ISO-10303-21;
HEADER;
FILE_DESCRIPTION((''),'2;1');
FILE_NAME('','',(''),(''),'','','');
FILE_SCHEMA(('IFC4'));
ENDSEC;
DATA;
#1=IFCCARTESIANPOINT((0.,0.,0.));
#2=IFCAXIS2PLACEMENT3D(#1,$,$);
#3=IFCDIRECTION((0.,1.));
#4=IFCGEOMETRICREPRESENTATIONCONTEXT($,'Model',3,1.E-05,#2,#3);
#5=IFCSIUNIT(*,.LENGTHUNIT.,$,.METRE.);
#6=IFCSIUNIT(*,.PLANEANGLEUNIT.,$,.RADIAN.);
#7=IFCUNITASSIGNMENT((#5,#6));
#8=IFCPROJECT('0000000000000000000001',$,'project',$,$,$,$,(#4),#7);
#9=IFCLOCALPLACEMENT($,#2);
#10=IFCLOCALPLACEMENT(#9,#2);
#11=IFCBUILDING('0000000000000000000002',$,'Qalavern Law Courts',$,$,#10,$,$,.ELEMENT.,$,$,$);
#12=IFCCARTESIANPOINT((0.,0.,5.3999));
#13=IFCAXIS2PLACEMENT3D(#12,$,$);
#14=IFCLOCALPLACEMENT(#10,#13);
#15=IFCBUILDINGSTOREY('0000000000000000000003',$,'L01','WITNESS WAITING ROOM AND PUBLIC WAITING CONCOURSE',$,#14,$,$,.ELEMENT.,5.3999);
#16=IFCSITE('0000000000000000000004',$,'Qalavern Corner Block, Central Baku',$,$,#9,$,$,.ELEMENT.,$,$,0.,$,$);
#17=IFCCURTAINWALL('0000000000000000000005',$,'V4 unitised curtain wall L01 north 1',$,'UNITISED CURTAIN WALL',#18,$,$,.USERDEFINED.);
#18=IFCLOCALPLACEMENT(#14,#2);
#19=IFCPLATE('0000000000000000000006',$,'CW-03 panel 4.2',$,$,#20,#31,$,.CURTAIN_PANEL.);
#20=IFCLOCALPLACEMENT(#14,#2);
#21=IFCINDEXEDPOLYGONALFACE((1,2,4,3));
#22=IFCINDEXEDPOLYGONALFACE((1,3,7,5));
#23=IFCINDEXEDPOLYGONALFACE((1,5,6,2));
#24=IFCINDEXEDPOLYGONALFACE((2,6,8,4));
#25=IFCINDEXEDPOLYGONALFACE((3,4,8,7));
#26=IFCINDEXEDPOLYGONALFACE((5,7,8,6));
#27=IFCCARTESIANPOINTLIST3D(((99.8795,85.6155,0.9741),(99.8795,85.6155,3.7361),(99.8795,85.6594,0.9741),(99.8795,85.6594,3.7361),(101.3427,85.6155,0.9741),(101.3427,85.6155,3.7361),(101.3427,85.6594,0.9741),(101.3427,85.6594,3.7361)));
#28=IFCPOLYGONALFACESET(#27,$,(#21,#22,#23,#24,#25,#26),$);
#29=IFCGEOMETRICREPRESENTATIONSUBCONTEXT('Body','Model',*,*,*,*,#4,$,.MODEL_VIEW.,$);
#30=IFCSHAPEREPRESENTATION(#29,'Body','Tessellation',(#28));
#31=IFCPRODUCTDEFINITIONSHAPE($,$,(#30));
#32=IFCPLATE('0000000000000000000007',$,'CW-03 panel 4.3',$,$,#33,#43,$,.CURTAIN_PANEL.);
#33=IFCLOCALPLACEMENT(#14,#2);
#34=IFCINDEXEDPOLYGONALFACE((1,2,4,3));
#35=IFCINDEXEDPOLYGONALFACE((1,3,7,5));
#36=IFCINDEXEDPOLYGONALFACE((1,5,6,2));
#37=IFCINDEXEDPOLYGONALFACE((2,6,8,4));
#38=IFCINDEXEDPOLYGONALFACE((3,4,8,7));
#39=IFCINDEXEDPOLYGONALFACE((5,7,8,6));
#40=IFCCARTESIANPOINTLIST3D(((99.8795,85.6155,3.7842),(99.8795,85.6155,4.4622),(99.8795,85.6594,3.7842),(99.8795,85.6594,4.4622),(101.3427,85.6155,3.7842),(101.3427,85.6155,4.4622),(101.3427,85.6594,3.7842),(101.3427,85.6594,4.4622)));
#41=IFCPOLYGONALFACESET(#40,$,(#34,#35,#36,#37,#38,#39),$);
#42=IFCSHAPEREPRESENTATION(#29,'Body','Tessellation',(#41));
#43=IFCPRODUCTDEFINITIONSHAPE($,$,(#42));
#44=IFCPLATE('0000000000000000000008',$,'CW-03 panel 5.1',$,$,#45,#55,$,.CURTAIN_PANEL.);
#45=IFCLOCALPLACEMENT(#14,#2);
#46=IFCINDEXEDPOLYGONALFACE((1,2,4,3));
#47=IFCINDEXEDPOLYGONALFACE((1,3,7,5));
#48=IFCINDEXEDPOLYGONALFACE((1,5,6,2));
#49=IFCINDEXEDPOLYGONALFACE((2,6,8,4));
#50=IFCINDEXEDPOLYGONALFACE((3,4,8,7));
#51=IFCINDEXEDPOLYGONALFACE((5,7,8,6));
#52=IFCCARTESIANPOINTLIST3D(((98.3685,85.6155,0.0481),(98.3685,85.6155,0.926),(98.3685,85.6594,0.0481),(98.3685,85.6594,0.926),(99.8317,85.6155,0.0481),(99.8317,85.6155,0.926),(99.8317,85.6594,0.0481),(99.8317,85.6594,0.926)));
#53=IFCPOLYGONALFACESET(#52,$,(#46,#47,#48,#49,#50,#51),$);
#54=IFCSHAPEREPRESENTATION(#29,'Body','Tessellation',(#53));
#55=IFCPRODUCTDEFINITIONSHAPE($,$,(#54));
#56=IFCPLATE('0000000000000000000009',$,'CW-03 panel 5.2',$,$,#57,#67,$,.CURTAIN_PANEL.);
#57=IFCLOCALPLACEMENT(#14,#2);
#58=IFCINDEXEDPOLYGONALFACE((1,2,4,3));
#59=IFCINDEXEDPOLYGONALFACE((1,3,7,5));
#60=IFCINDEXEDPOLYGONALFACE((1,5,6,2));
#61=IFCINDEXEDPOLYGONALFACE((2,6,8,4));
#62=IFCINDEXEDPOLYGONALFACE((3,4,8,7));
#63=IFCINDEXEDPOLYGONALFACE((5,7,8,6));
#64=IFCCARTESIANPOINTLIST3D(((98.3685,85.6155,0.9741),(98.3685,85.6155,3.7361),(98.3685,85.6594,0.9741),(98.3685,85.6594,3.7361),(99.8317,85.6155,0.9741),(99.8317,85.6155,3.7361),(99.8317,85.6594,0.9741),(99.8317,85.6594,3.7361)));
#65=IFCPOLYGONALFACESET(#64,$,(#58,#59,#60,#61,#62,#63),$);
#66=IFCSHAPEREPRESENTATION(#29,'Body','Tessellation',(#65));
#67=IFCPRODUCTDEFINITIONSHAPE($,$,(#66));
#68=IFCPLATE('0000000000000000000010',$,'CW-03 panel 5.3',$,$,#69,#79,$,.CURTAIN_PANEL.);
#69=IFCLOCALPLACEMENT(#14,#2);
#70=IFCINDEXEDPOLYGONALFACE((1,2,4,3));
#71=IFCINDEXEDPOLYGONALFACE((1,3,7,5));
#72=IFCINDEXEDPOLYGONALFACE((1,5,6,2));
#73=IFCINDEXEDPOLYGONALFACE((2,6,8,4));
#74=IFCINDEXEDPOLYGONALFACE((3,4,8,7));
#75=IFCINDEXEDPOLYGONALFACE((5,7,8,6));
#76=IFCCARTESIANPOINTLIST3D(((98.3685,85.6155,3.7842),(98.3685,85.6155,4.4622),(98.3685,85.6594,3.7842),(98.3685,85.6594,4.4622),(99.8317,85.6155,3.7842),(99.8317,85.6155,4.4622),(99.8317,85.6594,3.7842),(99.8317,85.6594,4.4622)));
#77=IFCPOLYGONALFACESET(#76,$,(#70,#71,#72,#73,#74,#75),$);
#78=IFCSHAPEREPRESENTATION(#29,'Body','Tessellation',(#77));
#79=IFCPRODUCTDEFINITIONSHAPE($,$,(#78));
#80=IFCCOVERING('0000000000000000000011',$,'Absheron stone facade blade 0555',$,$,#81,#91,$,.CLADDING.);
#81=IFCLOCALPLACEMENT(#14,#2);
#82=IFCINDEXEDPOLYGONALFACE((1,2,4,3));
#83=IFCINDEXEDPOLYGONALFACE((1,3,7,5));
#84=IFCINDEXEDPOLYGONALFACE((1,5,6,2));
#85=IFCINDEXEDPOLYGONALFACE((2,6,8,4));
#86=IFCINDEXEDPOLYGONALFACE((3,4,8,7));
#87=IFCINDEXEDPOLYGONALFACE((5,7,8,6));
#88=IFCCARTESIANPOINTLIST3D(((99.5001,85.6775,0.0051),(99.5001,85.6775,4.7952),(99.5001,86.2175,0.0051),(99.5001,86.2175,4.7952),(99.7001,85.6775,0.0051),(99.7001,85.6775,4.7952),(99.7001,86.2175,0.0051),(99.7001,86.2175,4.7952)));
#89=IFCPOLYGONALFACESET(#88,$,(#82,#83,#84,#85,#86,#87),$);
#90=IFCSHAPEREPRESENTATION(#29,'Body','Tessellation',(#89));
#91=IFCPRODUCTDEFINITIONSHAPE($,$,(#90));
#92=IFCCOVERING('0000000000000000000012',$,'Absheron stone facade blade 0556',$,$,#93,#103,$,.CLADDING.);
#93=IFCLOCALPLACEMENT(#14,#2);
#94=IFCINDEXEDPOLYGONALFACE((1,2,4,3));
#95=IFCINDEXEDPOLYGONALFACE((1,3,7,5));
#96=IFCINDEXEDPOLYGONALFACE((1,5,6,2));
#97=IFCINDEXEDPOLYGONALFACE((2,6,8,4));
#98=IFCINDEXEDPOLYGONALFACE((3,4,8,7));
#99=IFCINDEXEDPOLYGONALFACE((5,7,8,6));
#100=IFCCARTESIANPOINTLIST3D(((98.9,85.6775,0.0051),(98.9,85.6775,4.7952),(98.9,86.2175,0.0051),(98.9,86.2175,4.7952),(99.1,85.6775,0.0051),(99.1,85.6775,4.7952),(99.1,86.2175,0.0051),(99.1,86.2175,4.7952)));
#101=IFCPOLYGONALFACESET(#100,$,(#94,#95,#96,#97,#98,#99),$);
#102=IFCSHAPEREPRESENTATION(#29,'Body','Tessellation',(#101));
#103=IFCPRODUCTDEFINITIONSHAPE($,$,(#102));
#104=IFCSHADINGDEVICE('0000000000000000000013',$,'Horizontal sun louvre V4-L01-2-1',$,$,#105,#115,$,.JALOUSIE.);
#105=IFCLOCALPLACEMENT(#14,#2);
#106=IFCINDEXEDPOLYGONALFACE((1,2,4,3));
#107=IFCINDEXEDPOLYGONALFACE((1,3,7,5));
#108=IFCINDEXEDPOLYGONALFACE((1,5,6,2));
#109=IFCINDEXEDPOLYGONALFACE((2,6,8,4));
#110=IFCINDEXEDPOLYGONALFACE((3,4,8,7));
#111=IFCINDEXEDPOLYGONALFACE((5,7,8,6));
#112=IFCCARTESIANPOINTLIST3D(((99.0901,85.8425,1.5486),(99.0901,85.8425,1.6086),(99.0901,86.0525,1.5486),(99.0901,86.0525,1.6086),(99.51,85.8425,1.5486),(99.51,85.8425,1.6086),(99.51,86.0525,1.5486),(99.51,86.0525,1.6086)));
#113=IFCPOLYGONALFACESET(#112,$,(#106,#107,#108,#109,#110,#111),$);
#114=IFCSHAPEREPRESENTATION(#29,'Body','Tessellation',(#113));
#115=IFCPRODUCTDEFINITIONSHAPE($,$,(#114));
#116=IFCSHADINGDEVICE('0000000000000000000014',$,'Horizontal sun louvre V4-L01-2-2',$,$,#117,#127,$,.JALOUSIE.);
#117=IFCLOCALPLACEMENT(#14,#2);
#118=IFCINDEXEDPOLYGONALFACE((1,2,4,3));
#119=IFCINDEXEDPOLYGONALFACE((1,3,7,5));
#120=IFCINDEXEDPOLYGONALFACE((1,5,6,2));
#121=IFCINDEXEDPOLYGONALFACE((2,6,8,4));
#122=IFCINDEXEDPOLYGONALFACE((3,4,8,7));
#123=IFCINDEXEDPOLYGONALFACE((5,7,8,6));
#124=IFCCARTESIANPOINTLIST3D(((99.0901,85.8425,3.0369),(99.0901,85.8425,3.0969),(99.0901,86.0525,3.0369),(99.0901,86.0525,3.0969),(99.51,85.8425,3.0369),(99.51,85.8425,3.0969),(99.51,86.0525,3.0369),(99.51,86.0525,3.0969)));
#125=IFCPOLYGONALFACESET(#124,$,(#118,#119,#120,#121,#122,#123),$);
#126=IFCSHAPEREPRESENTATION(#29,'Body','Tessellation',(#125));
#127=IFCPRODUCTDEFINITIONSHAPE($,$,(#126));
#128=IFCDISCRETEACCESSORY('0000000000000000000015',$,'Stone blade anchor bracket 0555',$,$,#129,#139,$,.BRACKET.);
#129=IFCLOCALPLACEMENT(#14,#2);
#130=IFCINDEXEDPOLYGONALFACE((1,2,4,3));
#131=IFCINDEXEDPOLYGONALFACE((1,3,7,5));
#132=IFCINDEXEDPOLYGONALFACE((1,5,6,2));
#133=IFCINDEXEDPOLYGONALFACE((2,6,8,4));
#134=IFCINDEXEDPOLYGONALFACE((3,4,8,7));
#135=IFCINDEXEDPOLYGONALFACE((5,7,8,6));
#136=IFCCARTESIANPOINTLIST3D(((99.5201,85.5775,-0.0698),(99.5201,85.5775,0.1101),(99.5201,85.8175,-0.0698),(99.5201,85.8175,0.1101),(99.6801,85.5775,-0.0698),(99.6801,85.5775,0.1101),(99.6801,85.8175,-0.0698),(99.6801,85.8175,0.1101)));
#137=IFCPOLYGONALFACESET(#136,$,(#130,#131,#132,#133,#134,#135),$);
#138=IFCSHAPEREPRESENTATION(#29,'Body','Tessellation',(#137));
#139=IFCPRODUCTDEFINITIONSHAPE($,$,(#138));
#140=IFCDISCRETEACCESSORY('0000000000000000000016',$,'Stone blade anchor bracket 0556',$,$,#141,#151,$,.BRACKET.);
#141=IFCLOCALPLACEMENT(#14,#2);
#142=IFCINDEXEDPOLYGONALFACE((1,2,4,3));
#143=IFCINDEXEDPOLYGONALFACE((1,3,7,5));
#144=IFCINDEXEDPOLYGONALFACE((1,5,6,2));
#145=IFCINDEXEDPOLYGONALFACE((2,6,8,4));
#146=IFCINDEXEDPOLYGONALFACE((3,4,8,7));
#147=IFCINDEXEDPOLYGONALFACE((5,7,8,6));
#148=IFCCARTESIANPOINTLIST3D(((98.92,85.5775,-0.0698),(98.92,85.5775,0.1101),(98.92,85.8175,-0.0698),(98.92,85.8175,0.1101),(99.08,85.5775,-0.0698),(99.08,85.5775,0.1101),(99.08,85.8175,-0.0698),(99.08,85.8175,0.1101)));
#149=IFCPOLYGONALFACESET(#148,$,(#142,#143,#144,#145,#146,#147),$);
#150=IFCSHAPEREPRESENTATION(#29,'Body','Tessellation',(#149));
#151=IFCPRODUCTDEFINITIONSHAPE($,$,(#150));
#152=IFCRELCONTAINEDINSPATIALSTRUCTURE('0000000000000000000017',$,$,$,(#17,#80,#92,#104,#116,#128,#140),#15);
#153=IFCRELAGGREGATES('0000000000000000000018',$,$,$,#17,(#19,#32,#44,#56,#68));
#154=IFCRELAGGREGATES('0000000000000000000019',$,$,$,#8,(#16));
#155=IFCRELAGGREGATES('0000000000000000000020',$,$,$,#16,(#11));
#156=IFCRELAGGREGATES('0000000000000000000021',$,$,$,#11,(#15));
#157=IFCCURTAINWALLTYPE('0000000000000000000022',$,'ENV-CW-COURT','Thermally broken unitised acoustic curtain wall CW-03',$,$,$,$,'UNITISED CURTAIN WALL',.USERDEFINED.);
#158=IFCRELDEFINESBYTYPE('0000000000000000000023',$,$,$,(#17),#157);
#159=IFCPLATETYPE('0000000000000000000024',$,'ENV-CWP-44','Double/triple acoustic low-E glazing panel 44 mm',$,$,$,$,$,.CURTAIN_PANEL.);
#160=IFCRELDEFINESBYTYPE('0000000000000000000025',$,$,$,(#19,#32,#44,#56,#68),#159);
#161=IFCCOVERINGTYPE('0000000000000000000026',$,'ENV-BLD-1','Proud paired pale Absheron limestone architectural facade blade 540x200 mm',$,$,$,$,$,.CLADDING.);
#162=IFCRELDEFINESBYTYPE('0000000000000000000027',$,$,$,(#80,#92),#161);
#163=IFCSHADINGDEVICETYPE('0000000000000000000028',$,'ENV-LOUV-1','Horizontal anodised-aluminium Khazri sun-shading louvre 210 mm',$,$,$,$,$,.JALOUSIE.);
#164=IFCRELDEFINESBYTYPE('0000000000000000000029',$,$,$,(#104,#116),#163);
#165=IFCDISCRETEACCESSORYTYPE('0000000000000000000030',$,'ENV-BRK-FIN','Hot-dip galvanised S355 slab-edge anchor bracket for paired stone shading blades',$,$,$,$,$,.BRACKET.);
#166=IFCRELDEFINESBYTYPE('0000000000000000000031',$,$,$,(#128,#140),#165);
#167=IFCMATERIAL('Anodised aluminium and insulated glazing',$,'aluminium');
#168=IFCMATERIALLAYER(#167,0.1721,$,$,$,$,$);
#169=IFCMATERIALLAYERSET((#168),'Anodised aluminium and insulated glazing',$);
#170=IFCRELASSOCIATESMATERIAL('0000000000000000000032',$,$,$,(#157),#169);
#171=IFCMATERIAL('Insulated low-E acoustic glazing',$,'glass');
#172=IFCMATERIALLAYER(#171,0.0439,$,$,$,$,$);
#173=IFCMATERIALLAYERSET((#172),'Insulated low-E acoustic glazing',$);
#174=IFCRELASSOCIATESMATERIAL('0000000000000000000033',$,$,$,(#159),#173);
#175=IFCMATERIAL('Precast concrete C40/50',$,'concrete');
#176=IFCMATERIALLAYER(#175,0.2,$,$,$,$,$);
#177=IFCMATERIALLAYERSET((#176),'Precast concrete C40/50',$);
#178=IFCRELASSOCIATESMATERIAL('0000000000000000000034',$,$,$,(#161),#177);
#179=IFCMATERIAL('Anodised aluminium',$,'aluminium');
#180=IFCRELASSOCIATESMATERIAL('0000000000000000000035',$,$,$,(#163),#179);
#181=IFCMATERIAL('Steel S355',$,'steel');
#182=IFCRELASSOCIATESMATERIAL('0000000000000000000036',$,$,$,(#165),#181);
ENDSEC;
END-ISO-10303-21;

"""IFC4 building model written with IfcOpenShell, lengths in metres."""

from ifc_helpers import new_model, si_unit, direction, frame, origin, origin_2d, place, context, subcontext, project, spatial, rectangle, extrude, material, layer, layer_set, type_object, element, aggregate, save


model = new_model("IFC4")

# Units and contexts
model_context = context("Model", 3, precision=1e-05, world=origin(), true_north=direction((0.0, 1.0)))
body_context = subcontext(model_context, "Body", "Model", "MODEL_VIEW")
ifc_project = project(units=[si_unit("LENGTHUNIT", "METRE"), si_unit("PLANEANGLEUNIT", "RADIAN")], contexts=[model_context])

# Site, building, storey
site_placement = place(None, origin())
site = spatial("IfcSite", under=ifc_project, at=site_placement, Name="Qalavern Corner Block, Central Baku", CompositionType="ELEMENT", RefElevation=0.0)
building_placement = place(site_placement, origin())
building = spatial("IfcBuilding", under=site, at=building_placement, Name="Qalavern Law Courts", CompositionType="ELEMENT")
storey_placement = place(building_placement, frame((0.0, 0.0, 5.3999)))
storey = spatial("IfcBuildingStorey", under=building, at=storey_placement, Name="L01", Description="WITNESS WAITING ROOM AND PUBLIC WAITING CONCOURSE", CompositionType="ELEMENT", Elevation=5.3999)

# Curtain wall, plates
ifc_material_1 = material(Name="Anodised aluminium and insulated glazing", Category="aluminium")
ifc_layer_1 = layer(ifc_material_1, 0.1721)
ifc_layer_set_1 = layer_set([ifc_layer_1], Name="Anodised aluminium and insulated glazing")
curtain_wall_type = type_object("IfcCurtainWallType", Name="ENV-CW-COURT", Description="Thermally broken unitised acoustic curtain wall CW-03", ElementType="UNITISED CURTAIN WALL", PredefinedType="USERDEFINED", material=ifc_layer_set_1)
curtain_wall_placement = place(storey_placement, origin())
curtain_wall = element("IfcCurtainWall", 1, at=curtain_wall_placement, inside=storey, type_object=curtain_wall_type, Name="V4 unitised curtain wall L01 north 1", ObjectType="UNITISED CURTAIN WALL", PredefinedType="USERDEFINED")
ifc_material_2 = material(Name="Anodised aluminium", Category="aluminium")
ifc_material_3 = material(Name="Insulated low-E acoustic glazing", Category="glass")
ifc_layer_2 = layer(ifc_material_3, 0.0439)
ifc_layer_set_2 = layer_set([ifc_layer_2], Name="Insulated low-E acoustic glazing")
plate_type = type_object("IfcPlateType", Name="ENV-CWP-44", Description="Double/triple acoustic low-E glazing panel 44 mm", PredefinedType="CURTAIN_PANEL", material=ifc_layer_set_2)
plate_1_placement = place(storey_placement, frame((100.6111, 85.6375, 0.9741), z_axis=(0.0, 0.0, 1.0), x_axis=(-1.0, 0.0, 0.0)))
plate_1 = element("IfcPlate", 2, at=plate_1_placement, type_object=plate_type, Name="CW-03 panel 4.2", PredefinedType="CURTAIN_PANEL", context=body_context, shape_type="SweptSolid", body=[
    extrude(rectangle(XDim=1.4631, YDim=0.0439, at=origin_2d()), origin(), (0.0, 0.0, 1.0), 2.762),
])
plate_2_placement = place(storey_placement, frame((100.6111, 85.6375, 3.7842), z_axis=(0.0, 0.0, 1.0), x_axis=(-1.0, 0.0, 0.0)))
plate_2 = element("IfcPlate", 3, at=plate_2_placement, type_object=plate_type, Name="CW-03 panel 4.3", PredefinedType="CURTAIN_PANEL", context=body_context, shape_type="SweptSolid", body=[
    extrude(rectangle(XDim=1.4631, YDim=0.0439, at=origin_2d()), origin(), (0.0, 0.0, 1.0), 0.678),
])
plate_3_placement = place(storey_placement, frame((99.1001, 85.6375, 0.0481), z_axis=(0.0, 0.0, 1.0), x_axis=(-1.0, 0.0, 0.0)))
plate_3 = element("IfcPlate", 4, at=plate_3_placement, type_object=plate_type, Name="CW-03 panel 5.1", PredefinedType="CURTAIN_PANEL", context=body_context, shape_type="SweptSolid", body=[
    extrude(rectangle(XDim=1.4631, YDim=0.0439, at=origin_2d()), origin(), (0.0, 0.0, 1.0), 0.8779),
])
plate_4_placement = place(storey_placement, frame((99.1001, 85.6375, 0.9741), z_axis=(0.0, 0.0, 1.0), x_axis=(-1.0, 0.0, 0.0)))
plate_4 = element("IfcPlate", 5, at=plate_4_placement, type_object=plate_type, Name="CW-03 panel 5.2", PredefinedType="CURTAIN_PANEL", context=body_context, shape_type="SweptSolid", body=[
    extrude(rectangle(XDim=1.4631, YDim=0.0439, at=origin_2d()), origin(), (0.0, 0.0, 1.0), 2.762),
])
plate_5_placement = place(storey_placement, frame((99.1001, 85.6375, 3.7842), z_axis=(0.0, 0.0, 1.0), x_axis=(-1.0, 0.0, 0.0)))
plate_5 = element("IfcPlate", 6, at=plate_5_placement, type_object=plate_type, Name="CW-03 panel 5.3", PredefinedType="CURTAIN_PANEL", context=body_context, shape_type="SweptSolid", body=[
    extrude(rectangle(XDim=1.4631, YDim=0.0439, at=origin_2d()), origin(), (0.0, 0.0, 1.0), 0.678),
])
aggregate(curtain_wall, [plate_1, plate_2, plate_3, plate_4, plate_5])

# Coverings
ifc_material_4 = material(Name="Precast concrete C40/50", Category="concrete")
ifc_layer_3 = layer(ifc_material_4, 0.2)
ifc_layer_set_3 = layer_set([ifc_layer_3], Name="Precast concrete C40/50")
covering_type = type_object("IfcCoveringType", Name="ENV-BLD-1", Description="Proud paired pale Absheron limestone architectural facade blade 540x200 mm", PredefinedType="CLADDING", material=ifc_layer_set_3)
for number, where, z_axis, x_axis, name in (
    (7, (99.6001, 85.9475, 0.0051), (0.0, 0.0, 1.0), (0.0, 1.0, 0.0), "Absheron stone facade blade 0555"),
    (8, (99.0, 85.9475, 0.0051), (0.0, 0.0, 1.0), (0.0, 1.0, 0.0), "Absheron stone facade blade 0556"),
):
    element("IfcCovering", number, at=place(storey_placement, frame(where, z_axis=z_axis, x_axis=x_axis)), inside=storey, type_object=covering_type, Name=name, PredefinedType="CLADDING", context=body_context, shape_type="SweptSolid", body=[
        extrude(rectangle(XDim=0.54, YDim=0.2, at=origin_2d()), origin(), (0.0, 0.0, 1.0), 4.79),
    ])

# Shading devices
shading_device_type = type_object("IfcShadingDeviceType", Name="ENV-LOUV-1", Description="Horizontal anodised-aluminium Khazri sun-shading louvre 210 mm", PredefinedType="JALOUSIE", material=ifc_material_2)
for number, where, z_axis, x_axis, name in (
    (9, (99.3, 85.9475, 1.5486), (0.0, 0.0, 1.0), (-1.0, 0.0, 0.0), "Horizontal sun louvre V4-L01-2-1"),
    (10, (99.3, 85.9475, 3.0369), (0.0, 0.0, 1.0), (-1.0, 0.0, 0.0), "Horizontal sun louvre V4-L01-2-2"),
):
    element("IfcShadingDevice", number, at=place(storey_placement, frame(where, z_axis=z_axis, x_axis=x_axis)), inside=storey, type_object=shading_device_type, Name=name, PredefinedType="JALOUSIE", context=body_context, shape_type="SweptSolid", body=[
        extrude(rectangle(XDim=0.4199, YDim=0.21, at=origin_2d()), origin(), (0.0, 0.0, 1.0), 0.0601),
    ])

# Discrete accessories
ifc_material_5 = material(Name="Steel S355", Category="steel")
discrete_accessory_type = type_object("IfcDiscreteAccessoryType", Name="ENV-BRK-FIN", Description="Hot-dip galvanised S355 slab-edge anchor bracket for paired stone shading blades", PredefinedType="BRACKET", material=ifc_material_5)
for number, where, z_axis, x_axis, name in (
    (11, (99.6001, 85.6975, -0.0698), (0.0, 0.0, 1.0), (0.0, 1.0, 0.0), "Stone blade anchor bracket 0555"),
    (12, (99.0, 85.6975, -0.0698), (0.0, 0.0, 1.0), (0.0, 1.0, 0.0), "Stone blade anchor bracket 0556"),
):
    element("IfcDiscreteAccessory", number, at=place(storey_placement, frame(where, z_axis=z_axis, x_axis=x_axis)), inside=storey, type_object=discrete_accessory_type, Name=name, PredefinedType="BRACKET", context=body_context, shape_type="SweptSolid", body=[
        extrude(rectangle(XDim=0.24, YDim=0.1599, at=origin_2d()), origin(), (0.0, 0.0, 1.0), 0.1799),
    ])

save(model, "model.ifc")
